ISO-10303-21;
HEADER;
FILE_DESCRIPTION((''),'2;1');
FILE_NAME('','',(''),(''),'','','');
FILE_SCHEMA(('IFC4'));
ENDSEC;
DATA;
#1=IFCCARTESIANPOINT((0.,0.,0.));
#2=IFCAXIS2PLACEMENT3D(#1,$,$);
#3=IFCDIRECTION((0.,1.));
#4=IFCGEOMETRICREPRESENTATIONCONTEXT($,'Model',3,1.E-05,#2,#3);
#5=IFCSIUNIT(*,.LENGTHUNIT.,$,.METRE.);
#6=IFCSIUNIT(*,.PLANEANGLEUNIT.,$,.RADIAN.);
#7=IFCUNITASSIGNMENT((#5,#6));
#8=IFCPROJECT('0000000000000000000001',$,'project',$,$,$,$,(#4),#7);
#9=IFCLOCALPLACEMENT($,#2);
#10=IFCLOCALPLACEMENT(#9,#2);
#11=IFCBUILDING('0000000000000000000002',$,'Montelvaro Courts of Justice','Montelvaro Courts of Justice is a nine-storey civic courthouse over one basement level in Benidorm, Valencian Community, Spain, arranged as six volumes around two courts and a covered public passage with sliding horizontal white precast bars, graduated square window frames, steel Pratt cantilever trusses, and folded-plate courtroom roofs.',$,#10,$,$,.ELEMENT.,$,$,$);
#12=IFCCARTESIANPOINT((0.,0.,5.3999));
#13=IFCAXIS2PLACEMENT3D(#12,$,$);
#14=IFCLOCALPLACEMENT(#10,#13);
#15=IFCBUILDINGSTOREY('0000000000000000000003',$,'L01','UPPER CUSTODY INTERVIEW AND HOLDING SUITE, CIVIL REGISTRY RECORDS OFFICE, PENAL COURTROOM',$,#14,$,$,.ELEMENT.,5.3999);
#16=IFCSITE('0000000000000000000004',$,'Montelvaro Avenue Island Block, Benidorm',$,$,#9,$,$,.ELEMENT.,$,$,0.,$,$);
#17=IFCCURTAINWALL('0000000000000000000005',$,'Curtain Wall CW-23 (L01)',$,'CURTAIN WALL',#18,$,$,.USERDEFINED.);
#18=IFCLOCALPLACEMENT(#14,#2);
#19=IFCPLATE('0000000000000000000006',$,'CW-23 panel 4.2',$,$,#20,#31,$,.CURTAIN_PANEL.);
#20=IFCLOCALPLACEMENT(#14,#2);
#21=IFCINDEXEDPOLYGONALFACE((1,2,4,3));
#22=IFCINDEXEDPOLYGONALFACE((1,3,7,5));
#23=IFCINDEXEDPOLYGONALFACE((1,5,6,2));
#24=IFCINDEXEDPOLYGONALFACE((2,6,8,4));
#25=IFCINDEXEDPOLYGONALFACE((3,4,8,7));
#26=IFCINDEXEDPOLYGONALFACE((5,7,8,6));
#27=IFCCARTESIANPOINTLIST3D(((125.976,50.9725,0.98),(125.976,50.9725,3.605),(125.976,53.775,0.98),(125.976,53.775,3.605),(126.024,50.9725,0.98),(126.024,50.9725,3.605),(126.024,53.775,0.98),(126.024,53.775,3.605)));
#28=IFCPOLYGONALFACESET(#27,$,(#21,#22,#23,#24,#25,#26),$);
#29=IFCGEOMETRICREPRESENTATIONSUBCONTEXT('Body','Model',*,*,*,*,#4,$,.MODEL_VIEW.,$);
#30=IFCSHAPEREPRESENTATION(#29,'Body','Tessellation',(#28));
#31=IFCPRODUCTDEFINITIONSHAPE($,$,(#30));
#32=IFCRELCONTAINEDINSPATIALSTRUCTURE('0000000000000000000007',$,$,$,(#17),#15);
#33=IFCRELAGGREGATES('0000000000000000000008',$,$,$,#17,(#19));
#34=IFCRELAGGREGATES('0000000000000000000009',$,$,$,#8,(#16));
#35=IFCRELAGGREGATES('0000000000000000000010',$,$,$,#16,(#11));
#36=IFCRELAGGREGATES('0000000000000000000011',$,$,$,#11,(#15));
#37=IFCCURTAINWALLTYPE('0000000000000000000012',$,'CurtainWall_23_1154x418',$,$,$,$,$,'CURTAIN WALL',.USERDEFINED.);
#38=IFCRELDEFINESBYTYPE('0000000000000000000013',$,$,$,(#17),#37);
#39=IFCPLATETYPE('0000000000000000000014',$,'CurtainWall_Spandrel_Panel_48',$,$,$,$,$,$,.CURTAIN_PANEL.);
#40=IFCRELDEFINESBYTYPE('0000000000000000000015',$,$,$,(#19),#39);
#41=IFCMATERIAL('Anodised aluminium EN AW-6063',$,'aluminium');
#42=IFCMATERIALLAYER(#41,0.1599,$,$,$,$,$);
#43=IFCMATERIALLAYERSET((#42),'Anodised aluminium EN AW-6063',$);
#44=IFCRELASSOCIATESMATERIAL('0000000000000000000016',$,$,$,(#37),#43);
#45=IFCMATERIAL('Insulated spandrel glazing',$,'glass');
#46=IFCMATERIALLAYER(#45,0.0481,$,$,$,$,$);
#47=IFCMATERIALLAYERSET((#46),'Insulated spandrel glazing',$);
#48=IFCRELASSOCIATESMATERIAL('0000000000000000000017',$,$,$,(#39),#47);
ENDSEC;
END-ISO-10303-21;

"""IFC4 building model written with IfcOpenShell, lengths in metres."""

from ifc_helpers import new_model, si_unit, direction, frame, origin, origin_2d, place, context, subcontext, project, spatial, rectangle, extrude, material, layer, layer_set, type_object, element, aggregate, save


model = new_model("IFC4")

# Units and contexts
model_context = context("Model", 3, precision=1e-05, world=origin(), true_north=direction((0.0, 1.0)))
body_context = subcontext(model_context, "Body", "Model", "MODEL_VIEW")
ifc_project = project(units=[si_unit("LENGTHUNIT", "METRE"), si_unit("PLANEANGLEUNIT", "RADIAN")], contexts=[model_context])

# Site, building, storey
site_placement = place(None, origin())
site = spatial("IfcSite", under=ifc_project, at=site_placement, Name="Montelvaro Avenue Island Block, Benidorm", CompositionType="ELEMENT", RefElevation=0.0)
building_placement = place(site_placement, origin())
building = spatial("IfcBuilding", under=site, at=building_placement, Name="Montelvaro Courts of Justice", Description="Montelvaro Courts of Justice is a nine-storey civic courthouse over one basement level in Benidorm, Valencian Community, Spain, arranged as six volumes around two courts and a covered public passage with sliding horizontal white precast bars, graduated square window frames, steel Pratt cantilever trusses, and folded-plate courtroom roofs.", CompositionType="ELEMENT")
storey_placement = place(building_placement, frame((0.0, 0.0, 5.3999)))
storey = spatial("IfcBuildingStorey", under=building, at=storey_placement, Name="L01", Description="UPPER CUSTODY INTERVIEW AND HOLDING SUITE, CIVIL REGISTRY RECORDS OFFICE, PENAL COURTROOM", CompositionType="ELEMENT", Elevation=5.3999)

# Shared definitions
ifc_material_1 = material(Name="Anodised aluminium EN AW-6063", Category="aluminium")

# Curtain wall
ifc_layer_1 = layer(ifc_material_1, 0.1599)
ifc_layer_set_1 = layer_set([ifc_layer_1], Name="Anodised aluminium EN AW-6063")
curtain_wall_type_1 = type_object("IfcCurtainWallType", Name="CurtainWall_23_1154x418", ElementType="CURTAIN WALL", PredefinedType="USERDEFINED", material=ifc_layer_set_1)
curtain_wall_1_placement = place(storey_placement, origin())
curtain_wall_1 = element("IfcCurtainWall", 1, at=curtain_wall_1_placement, inside=storey, type_object=curtain_wall_type_1, Name="Curtain Wall CW-23 (L01)", ObjectType="CURTAIN WALL", PredefinedType="USERDEFINED")

# Plate
ifc_material_2 = material(Name="Insulated spandrel glazing", Category="glass")
ifc_layer_2 = layer(ifc_material_2, 0.0481)
ifc_layer_set_2 = layer_set([ifc_layer_2], Name="Insulated spandrel glazing")
plate_type_1 = type_object("IfcPlateType", Name="CurtainWall_Spandrel_Panel_48", PredefinedType="CURTAIN_PANEL", material=ifc_layer_set_2)
plate_1_placement = place(storey_placement, frame((126.0, 52.3738, 0.98), z_axis=(0.0, 0.0, 1.0), x_axis=(0.0, 1.0, 0.0)))
plate_1 = element("IfcPlate", 2, at=plate_1_placement, type_object=plate_type_1, Name="CW-23 panel 4.2", PredefinedType="CURTAIN_PANEL", context=body_context, shape_type="SweptSolid", body=[
    extrude(rectangle(XDim=2.8025, YDim=0.0481, at=origin_2d()), origin(), (0.0, 0.0, 1.0), 2.625),
])
aggregate(curtain_wall_1, [plate_1])

save(model, "model.ifc")
